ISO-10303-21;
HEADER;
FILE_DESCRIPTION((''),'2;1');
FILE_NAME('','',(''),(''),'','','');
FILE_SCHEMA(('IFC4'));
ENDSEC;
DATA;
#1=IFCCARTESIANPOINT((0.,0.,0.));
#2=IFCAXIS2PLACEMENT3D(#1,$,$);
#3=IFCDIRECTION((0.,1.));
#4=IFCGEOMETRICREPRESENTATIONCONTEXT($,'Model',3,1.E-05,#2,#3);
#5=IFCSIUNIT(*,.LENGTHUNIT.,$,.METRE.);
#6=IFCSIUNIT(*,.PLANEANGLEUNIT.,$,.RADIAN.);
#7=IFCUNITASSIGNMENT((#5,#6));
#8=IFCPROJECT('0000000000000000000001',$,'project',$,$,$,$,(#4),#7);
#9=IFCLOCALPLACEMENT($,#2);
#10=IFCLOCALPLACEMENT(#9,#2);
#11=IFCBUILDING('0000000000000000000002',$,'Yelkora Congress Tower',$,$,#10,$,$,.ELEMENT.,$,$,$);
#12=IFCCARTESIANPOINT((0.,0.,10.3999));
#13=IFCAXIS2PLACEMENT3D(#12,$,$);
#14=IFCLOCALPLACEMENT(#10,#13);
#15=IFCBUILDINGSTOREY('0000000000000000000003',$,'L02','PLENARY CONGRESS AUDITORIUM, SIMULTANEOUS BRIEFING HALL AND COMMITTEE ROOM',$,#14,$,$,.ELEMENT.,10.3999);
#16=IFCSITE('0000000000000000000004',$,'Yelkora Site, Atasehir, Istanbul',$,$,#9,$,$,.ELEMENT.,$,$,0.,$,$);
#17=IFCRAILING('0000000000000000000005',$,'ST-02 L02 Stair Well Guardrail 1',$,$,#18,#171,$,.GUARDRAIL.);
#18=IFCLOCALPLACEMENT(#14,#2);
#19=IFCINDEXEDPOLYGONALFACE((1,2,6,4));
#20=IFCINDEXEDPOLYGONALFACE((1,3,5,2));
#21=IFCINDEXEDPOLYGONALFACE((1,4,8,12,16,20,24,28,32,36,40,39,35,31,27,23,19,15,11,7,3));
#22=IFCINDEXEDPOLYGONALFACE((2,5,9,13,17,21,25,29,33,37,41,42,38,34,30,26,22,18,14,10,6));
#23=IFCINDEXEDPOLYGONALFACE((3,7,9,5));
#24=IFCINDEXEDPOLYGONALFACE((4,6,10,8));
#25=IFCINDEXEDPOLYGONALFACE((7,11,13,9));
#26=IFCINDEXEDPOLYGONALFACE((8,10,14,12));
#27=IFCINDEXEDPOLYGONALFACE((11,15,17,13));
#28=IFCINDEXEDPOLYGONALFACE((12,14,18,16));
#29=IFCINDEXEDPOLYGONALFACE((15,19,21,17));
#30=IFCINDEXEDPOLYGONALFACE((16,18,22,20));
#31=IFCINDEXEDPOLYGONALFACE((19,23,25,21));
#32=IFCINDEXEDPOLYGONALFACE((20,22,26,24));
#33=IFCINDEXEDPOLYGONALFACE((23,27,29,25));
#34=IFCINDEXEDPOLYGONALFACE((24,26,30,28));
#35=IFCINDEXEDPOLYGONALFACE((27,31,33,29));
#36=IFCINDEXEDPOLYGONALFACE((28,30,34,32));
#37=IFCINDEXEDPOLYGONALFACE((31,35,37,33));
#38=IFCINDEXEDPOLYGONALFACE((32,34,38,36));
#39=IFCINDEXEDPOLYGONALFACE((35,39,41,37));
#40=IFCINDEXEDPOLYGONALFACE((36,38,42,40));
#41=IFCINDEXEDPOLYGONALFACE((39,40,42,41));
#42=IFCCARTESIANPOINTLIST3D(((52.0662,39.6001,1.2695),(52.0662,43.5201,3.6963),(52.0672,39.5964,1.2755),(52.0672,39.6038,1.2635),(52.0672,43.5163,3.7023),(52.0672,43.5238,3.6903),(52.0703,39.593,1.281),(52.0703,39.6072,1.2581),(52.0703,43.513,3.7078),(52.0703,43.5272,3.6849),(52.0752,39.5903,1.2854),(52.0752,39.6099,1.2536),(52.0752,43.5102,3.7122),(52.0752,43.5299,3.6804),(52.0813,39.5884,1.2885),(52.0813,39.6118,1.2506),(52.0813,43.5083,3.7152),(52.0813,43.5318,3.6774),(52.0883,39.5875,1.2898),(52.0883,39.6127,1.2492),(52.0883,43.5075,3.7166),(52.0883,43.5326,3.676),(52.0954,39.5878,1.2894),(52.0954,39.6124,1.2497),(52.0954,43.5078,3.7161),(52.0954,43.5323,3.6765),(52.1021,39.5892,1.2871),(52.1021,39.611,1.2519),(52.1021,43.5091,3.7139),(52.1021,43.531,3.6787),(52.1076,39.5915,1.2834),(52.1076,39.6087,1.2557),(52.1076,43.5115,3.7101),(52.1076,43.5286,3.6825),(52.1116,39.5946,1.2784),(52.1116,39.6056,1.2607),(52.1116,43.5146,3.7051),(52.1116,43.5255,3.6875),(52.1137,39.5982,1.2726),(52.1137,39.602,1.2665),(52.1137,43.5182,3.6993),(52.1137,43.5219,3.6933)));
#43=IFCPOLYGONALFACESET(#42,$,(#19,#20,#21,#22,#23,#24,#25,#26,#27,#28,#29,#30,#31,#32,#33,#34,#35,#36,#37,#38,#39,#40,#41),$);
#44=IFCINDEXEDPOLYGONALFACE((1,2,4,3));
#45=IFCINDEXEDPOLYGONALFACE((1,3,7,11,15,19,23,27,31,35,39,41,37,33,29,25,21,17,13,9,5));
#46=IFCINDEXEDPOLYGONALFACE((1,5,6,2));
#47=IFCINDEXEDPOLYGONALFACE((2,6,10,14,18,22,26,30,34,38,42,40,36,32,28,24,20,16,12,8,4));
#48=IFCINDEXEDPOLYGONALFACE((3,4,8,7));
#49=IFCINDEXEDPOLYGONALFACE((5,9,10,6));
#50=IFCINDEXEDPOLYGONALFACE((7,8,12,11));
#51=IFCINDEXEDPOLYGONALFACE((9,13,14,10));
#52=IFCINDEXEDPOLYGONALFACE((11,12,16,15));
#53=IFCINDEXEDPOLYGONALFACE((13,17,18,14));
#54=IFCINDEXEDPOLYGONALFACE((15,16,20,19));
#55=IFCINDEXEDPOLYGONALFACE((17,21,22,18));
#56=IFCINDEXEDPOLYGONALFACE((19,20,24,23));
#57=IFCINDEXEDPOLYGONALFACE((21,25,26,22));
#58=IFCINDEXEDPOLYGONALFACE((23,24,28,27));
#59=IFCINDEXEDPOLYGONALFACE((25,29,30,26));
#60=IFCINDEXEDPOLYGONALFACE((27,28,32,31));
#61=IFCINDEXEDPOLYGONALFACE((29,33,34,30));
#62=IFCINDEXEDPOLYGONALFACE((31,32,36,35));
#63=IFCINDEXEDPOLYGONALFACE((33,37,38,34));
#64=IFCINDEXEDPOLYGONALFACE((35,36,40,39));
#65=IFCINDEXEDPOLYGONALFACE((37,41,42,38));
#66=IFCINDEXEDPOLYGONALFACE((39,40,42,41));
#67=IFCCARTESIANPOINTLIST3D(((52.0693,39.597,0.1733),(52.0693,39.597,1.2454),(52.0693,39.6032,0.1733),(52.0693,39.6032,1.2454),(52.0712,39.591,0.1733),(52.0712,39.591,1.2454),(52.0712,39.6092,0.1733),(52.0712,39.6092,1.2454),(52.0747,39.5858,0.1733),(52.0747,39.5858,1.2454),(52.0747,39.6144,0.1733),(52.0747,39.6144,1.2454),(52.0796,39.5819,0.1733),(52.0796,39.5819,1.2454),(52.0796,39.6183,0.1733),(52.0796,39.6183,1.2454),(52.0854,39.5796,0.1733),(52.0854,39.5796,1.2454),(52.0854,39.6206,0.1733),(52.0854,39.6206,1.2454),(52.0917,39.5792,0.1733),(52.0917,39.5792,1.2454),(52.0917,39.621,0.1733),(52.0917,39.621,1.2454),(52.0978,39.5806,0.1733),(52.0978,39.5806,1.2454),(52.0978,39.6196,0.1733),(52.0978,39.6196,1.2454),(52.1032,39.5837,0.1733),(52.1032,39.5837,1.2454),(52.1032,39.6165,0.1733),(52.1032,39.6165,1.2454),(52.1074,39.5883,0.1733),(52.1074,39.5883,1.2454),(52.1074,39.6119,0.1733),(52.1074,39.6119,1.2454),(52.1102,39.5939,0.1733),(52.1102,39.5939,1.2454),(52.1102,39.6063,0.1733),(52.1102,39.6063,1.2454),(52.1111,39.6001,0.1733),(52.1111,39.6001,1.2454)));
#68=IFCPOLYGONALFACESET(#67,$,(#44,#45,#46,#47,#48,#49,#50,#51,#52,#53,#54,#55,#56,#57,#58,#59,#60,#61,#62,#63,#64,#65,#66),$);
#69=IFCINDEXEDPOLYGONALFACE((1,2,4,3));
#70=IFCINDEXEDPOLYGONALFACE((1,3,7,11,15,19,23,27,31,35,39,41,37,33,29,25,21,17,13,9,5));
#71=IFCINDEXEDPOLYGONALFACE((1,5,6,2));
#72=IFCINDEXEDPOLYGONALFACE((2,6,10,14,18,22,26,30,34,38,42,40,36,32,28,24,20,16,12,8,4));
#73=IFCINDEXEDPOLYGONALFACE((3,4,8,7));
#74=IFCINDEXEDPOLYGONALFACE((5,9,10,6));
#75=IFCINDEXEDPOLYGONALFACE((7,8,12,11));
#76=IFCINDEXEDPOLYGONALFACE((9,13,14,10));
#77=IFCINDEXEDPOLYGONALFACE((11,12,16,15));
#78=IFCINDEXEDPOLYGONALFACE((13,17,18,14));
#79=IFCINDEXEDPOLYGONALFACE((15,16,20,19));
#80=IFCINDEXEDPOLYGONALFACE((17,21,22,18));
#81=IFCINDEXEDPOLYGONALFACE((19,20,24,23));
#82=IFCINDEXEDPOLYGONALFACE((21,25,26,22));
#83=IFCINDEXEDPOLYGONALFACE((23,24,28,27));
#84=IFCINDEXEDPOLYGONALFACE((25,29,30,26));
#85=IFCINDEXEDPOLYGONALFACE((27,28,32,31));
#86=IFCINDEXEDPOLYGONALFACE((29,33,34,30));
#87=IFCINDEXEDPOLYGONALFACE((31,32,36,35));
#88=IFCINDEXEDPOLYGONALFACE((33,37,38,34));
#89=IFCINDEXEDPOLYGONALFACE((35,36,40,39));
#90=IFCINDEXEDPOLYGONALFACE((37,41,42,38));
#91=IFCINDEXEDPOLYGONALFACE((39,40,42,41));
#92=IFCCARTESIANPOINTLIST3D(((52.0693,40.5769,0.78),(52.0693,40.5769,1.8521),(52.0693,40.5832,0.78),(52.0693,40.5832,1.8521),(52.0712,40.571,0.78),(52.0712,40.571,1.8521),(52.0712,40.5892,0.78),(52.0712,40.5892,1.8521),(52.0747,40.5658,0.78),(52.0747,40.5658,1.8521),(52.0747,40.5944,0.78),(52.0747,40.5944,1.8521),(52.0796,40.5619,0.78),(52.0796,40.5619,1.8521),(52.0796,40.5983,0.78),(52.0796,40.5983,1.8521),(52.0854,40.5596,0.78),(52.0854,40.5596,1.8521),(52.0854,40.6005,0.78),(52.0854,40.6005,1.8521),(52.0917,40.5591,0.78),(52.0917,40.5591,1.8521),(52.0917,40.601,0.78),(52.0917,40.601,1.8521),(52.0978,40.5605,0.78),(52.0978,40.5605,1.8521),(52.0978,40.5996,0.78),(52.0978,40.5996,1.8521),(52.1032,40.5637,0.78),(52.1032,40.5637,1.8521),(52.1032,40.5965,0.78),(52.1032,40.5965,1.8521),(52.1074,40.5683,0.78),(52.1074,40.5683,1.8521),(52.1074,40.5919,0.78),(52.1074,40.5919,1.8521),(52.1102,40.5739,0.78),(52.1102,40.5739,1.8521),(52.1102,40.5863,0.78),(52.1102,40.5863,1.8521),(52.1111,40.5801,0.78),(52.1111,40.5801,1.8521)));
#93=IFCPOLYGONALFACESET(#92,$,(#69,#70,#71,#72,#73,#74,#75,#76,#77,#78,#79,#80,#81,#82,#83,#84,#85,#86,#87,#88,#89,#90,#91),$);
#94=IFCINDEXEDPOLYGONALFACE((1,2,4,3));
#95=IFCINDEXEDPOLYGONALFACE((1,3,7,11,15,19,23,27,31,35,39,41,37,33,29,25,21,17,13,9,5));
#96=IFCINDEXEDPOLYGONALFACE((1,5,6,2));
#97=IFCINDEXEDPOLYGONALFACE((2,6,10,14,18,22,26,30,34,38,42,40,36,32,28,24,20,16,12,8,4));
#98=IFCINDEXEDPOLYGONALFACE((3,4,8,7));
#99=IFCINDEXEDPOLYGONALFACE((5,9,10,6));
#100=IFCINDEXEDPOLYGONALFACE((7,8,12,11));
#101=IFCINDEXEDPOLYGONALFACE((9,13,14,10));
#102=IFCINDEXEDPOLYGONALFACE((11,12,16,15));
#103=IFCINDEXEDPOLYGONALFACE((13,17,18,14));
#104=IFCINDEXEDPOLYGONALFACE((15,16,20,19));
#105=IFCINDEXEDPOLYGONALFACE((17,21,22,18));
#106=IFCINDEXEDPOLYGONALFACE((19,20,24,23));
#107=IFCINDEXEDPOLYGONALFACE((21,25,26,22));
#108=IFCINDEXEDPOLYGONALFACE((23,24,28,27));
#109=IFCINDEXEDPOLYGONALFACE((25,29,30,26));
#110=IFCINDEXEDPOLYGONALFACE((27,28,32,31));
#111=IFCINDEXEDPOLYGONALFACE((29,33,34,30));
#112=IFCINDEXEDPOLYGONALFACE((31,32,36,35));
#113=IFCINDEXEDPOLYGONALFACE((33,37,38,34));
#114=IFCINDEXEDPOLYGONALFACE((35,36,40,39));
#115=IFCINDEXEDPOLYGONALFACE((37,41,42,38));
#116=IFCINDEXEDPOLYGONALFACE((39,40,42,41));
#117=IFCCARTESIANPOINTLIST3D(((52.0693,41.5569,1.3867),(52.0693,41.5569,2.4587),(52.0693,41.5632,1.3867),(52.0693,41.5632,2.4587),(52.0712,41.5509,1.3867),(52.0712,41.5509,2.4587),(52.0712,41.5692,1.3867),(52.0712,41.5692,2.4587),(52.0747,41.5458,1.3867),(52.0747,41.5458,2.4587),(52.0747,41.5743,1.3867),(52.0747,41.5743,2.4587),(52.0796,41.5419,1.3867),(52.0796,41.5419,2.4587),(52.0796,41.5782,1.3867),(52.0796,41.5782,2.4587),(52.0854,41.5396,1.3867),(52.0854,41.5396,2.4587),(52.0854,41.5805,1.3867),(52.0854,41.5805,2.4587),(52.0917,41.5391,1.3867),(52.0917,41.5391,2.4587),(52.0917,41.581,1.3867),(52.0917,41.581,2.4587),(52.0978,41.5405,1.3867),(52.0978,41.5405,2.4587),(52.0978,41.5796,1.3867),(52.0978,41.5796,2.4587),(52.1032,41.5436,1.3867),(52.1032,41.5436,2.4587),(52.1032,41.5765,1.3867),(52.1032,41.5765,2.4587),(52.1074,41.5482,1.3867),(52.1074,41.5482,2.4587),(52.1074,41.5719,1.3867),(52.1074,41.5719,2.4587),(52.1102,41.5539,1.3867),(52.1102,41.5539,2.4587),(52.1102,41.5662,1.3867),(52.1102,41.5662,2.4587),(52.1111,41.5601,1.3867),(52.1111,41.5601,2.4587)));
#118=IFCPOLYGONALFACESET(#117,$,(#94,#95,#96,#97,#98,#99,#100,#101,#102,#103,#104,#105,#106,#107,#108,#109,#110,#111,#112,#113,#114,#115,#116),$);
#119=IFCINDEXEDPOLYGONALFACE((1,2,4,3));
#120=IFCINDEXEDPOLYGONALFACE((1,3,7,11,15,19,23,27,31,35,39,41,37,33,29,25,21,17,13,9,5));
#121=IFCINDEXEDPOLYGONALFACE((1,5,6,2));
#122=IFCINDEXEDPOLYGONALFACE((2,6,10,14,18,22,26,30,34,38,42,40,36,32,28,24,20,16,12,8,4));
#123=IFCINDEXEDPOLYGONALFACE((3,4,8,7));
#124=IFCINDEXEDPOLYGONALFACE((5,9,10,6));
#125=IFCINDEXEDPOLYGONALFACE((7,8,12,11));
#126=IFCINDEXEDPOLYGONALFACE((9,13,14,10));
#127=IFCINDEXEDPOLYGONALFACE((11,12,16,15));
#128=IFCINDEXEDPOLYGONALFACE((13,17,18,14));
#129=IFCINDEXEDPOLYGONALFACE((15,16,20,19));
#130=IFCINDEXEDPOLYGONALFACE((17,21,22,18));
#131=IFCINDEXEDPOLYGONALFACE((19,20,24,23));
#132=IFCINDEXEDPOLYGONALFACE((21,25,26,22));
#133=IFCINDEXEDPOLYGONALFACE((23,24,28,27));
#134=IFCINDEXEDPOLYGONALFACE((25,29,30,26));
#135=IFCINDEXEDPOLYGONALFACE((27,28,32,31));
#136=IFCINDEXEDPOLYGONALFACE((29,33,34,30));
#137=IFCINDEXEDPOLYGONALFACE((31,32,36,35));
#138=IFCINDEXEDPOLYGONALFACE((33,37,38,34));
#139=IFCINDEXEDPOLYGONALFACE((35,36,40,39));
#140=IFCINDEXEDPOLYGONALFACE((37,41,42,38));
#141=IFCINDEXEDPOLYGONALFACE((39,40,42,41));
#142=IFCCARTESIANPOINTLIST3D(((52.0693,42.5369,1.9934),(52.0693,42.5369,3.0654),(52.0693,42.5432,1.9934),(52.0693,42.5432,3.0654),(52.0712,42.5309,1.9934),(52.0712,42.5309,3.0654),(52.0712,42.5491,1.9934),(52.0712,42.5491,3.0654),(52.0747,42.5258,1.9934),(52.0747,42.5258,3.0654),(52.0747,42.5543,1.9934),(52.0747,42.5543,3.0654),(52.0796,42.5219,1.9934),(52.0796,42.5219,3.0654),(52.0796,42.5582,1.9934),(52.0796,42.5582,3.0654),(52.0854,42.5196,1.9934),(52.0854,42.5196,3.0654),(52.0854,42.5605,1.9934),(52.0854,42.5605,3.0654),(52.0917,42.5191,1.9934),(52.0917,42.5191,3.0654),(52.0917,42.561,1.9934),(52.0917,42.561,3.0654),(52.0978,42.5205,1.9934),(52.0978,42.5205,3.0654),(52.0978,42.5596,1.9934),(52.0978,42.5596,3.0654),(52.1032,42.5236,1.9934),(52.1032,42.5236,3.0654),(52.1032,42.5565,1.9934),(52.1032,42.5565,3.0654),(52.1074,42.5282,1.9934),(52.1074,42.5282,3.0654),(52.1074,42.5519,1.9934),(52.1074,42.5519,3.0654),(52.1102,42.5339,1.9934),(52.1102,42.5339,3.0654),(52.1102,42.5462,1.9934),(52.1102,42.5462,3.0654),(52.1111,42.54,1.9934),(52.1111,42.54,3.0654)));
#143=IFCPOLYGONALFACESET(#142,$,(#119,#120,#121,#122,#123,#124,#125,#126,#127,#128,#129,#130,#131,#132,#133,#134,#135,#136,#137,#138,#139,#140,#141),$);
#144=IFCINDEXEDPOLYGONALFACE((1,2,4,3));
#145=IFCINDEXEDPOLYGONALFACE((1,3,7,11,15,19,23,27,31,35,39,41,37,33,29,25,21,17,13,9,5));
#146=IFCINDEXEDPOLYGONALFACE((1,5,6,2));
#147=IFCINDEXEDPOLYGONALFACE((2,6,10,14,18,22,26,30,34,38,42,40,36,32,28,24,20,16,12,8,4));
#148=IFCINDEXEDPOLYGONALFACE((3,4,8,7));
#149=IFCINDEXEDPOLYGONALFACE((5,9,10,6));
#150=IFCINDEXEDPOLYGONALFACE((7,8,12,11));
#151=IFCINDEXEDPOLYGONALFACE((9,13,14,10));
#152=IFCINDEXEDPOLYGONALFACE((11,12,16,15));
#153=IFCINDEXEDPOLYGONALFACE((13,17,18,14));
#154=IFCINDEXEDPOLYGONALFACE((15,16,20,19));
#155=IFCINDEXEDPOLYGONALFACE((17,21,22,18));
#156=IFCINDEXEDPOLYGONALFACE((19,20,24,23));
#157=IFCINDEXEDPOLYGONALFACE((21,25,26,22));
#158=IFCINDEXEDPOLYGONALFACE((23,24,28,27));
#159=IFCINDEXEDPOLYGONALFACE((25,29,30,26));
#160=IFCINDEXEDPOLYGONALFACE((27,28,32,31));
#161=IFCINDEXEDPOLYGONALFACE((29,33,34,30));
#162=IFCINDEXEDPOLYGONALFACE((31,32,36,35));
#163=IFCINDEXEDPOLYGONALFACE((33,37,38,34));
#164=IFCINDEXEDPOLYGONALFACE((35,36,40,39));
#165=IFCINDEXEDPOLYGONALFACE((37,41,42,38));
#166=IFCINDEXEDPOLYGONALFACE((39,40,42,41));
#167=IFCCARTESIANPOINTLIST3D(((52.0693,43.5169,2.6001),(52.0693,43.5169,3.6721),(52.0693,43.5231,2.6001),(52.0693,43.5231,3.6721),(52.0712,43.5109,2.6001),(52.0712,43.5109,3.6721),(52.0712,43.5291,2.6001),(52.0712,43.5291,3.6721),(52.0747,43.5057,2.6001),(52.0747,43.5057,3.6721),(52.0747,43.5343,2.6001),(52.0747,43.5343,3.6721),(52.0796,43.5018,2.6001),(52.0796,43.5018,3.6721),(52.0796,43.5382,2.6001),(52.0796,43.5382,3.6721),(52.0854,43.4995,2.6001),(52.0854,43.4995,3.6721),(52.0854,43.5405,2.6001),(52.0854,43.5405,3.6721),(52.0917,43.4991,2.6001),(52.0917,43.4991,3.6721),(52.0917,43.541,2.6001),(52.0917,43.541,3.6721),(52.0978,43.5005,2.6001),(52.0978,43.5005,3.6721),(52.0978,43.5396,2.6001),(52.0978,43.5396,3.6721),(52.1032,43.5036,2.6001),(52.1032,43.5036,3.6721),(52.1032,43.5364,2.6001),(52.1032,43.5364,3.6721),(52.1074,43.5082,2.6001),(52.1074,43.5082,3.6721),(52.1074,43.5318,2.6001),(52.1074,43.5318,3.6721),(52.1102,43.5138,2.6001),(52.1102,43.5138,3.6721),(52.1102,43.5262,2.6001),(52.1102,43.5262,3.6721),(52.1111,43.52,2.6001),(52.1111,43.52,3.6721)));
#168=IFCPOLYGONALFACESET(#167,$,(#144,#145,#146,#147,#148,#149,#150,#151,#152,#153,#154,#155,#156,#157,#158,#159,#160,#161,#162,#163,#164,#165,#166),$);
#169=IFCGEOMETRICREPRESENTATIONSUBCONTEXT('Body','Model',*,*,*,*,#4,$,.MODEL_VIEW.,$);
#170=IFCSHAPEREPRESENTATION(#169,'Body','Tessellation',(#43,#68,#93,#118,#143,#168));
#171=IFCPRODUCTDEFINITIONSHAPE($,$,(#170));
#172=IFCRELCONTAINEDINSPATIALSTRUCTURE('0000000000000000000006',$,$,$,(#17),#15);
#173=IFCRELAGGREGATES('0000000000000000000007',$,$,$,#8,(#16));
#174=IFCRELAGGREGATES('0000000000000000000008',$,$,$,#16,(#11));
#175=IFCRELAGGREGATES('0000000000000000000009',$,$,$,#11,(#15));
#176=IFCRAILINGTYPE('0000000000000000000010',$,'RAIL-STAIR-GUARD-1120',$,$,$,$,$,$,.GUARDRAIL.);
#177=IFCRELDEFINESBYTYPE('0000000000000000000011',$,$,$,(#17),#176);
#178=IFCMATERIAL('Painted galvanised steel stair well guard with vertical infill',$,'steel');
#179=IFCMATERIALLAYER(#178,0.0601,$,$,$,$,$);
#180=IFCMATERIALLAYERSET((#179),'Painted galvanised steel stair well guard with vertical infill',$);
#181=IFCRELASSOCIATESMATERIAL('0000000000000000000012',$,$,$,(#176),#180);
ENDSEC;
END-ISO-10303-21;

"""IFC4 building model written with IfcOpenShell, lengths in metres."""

from ifc_helpers import new_model, si_unit, direction, frame, origin, origin_2d, place, context, subcontext, project, spatial, circle, extrude, material, layer, layer_set, type_object, element, save


model = new_model("IFC4")

# Units and contexts
model_context = context("Model", 3, precision=1e-05, world=origin(), true_north=direction((0.0, 1.0)))
body_context = subcontext(model_context, "Body", "Model", "MODEL_VIEW")
ifc_project = project(units=[si_unit("LENGTHUNIT", "METRE"), si_unit("PLANEANGLEUNIT", "RADIAN")], contexts=[model_context])

# Site, building, storey
site_placement = place(None, origin())
site = spatial("IfcSite", under=ifc_project, at=site_placement, Name="Yelkora Site, Atasehir, Istanbul", CompositionType="ELEMENT", RefElevation=0.0)
building_placement = place(site_placement, origin())
building = spatial("IfcBuilding", under=site, at=building_placement, Name="Yelkora Congress Tower", CompositionType="ELEMENT")
storey_placement = place(building_placement, frame((0.0, 0.0, 10.3999)))
storey = spatial("IfcBuildingStorey", under=building, at=storey_placement, Name="L02", Description="PLENARY CONGRESS AUDITORIUM, SIMULTANEOUS BRIEFING HALL AND COMMITTEE ROOM", CompositionType="ELEMENT", Elevation=10.3999)

# Railing
ifc_material_1 = material(Name="Painted galvanised steel stair well guard with vertical infill", Category="steel")
ifc_layer_1 = layer(ifc_material_1, 0.0601)
ifc_layer_set_1 = layer_set([ifc_layer_1], Name="Painted galvanised steel stair well guard with vertical infill")
railing_type_1 = type_object("IfcRailingType", Name="RAIL-STAIR-GUARD-1120", PredefinedType="GUARDRAIL", material=ifc_layer_set_1)
railing_1_placement = place(storey_placement, frame((52.0901, 39.6001, 0.1733)))
element("IfcRailing", 1, at=railing_1_placement, inside=storey, type_object=railing_type_1, Name="ST-02 L02 Stair Well Guardrail 1", PredefinedType="GUARDRAIL", context=body_context, shape_type="SweptSolid", body=[
    extrude(circle(Radius=0.0239, at=origin_2d()), frame((0.0, 0.0, 1.0962), z_axis=(0.0, 0.850252, 0.526376), x_axis=(-1.0, 0.0, 0.0)), (0.0, 0.0, 1.0), 4.6104),
    extrude(circle(Radius=0.021, at=origin_2d()), origin(), (0.0, 0.0, 1.0), 1.072),
    extrude(circle(Radius=0.021, at=origin_2d()), frame((0.0, 0.98, 0.6067)), (0.0, 0.0, 1.0), 1.072),
    extrude(circle(Radius=0.021, at=origin_2d()), frame((0.0, 1.96, 1.2134)), (0.0, 0.0, 1.0), 1.072),
    extrude(circle(Radius=0.021, at=origin_2d()), frame((0.0, 2.9399, 1.8201)), (0.0, 0.0, 1.0), 1.072),
    extrude(circle(Radius=0.021, at=origin_2d()), frame((0.0, 3.9199, 2.4268)), (0.0, 0.0, 1.0), 1.072),
])

save(model, "model.ifc")
